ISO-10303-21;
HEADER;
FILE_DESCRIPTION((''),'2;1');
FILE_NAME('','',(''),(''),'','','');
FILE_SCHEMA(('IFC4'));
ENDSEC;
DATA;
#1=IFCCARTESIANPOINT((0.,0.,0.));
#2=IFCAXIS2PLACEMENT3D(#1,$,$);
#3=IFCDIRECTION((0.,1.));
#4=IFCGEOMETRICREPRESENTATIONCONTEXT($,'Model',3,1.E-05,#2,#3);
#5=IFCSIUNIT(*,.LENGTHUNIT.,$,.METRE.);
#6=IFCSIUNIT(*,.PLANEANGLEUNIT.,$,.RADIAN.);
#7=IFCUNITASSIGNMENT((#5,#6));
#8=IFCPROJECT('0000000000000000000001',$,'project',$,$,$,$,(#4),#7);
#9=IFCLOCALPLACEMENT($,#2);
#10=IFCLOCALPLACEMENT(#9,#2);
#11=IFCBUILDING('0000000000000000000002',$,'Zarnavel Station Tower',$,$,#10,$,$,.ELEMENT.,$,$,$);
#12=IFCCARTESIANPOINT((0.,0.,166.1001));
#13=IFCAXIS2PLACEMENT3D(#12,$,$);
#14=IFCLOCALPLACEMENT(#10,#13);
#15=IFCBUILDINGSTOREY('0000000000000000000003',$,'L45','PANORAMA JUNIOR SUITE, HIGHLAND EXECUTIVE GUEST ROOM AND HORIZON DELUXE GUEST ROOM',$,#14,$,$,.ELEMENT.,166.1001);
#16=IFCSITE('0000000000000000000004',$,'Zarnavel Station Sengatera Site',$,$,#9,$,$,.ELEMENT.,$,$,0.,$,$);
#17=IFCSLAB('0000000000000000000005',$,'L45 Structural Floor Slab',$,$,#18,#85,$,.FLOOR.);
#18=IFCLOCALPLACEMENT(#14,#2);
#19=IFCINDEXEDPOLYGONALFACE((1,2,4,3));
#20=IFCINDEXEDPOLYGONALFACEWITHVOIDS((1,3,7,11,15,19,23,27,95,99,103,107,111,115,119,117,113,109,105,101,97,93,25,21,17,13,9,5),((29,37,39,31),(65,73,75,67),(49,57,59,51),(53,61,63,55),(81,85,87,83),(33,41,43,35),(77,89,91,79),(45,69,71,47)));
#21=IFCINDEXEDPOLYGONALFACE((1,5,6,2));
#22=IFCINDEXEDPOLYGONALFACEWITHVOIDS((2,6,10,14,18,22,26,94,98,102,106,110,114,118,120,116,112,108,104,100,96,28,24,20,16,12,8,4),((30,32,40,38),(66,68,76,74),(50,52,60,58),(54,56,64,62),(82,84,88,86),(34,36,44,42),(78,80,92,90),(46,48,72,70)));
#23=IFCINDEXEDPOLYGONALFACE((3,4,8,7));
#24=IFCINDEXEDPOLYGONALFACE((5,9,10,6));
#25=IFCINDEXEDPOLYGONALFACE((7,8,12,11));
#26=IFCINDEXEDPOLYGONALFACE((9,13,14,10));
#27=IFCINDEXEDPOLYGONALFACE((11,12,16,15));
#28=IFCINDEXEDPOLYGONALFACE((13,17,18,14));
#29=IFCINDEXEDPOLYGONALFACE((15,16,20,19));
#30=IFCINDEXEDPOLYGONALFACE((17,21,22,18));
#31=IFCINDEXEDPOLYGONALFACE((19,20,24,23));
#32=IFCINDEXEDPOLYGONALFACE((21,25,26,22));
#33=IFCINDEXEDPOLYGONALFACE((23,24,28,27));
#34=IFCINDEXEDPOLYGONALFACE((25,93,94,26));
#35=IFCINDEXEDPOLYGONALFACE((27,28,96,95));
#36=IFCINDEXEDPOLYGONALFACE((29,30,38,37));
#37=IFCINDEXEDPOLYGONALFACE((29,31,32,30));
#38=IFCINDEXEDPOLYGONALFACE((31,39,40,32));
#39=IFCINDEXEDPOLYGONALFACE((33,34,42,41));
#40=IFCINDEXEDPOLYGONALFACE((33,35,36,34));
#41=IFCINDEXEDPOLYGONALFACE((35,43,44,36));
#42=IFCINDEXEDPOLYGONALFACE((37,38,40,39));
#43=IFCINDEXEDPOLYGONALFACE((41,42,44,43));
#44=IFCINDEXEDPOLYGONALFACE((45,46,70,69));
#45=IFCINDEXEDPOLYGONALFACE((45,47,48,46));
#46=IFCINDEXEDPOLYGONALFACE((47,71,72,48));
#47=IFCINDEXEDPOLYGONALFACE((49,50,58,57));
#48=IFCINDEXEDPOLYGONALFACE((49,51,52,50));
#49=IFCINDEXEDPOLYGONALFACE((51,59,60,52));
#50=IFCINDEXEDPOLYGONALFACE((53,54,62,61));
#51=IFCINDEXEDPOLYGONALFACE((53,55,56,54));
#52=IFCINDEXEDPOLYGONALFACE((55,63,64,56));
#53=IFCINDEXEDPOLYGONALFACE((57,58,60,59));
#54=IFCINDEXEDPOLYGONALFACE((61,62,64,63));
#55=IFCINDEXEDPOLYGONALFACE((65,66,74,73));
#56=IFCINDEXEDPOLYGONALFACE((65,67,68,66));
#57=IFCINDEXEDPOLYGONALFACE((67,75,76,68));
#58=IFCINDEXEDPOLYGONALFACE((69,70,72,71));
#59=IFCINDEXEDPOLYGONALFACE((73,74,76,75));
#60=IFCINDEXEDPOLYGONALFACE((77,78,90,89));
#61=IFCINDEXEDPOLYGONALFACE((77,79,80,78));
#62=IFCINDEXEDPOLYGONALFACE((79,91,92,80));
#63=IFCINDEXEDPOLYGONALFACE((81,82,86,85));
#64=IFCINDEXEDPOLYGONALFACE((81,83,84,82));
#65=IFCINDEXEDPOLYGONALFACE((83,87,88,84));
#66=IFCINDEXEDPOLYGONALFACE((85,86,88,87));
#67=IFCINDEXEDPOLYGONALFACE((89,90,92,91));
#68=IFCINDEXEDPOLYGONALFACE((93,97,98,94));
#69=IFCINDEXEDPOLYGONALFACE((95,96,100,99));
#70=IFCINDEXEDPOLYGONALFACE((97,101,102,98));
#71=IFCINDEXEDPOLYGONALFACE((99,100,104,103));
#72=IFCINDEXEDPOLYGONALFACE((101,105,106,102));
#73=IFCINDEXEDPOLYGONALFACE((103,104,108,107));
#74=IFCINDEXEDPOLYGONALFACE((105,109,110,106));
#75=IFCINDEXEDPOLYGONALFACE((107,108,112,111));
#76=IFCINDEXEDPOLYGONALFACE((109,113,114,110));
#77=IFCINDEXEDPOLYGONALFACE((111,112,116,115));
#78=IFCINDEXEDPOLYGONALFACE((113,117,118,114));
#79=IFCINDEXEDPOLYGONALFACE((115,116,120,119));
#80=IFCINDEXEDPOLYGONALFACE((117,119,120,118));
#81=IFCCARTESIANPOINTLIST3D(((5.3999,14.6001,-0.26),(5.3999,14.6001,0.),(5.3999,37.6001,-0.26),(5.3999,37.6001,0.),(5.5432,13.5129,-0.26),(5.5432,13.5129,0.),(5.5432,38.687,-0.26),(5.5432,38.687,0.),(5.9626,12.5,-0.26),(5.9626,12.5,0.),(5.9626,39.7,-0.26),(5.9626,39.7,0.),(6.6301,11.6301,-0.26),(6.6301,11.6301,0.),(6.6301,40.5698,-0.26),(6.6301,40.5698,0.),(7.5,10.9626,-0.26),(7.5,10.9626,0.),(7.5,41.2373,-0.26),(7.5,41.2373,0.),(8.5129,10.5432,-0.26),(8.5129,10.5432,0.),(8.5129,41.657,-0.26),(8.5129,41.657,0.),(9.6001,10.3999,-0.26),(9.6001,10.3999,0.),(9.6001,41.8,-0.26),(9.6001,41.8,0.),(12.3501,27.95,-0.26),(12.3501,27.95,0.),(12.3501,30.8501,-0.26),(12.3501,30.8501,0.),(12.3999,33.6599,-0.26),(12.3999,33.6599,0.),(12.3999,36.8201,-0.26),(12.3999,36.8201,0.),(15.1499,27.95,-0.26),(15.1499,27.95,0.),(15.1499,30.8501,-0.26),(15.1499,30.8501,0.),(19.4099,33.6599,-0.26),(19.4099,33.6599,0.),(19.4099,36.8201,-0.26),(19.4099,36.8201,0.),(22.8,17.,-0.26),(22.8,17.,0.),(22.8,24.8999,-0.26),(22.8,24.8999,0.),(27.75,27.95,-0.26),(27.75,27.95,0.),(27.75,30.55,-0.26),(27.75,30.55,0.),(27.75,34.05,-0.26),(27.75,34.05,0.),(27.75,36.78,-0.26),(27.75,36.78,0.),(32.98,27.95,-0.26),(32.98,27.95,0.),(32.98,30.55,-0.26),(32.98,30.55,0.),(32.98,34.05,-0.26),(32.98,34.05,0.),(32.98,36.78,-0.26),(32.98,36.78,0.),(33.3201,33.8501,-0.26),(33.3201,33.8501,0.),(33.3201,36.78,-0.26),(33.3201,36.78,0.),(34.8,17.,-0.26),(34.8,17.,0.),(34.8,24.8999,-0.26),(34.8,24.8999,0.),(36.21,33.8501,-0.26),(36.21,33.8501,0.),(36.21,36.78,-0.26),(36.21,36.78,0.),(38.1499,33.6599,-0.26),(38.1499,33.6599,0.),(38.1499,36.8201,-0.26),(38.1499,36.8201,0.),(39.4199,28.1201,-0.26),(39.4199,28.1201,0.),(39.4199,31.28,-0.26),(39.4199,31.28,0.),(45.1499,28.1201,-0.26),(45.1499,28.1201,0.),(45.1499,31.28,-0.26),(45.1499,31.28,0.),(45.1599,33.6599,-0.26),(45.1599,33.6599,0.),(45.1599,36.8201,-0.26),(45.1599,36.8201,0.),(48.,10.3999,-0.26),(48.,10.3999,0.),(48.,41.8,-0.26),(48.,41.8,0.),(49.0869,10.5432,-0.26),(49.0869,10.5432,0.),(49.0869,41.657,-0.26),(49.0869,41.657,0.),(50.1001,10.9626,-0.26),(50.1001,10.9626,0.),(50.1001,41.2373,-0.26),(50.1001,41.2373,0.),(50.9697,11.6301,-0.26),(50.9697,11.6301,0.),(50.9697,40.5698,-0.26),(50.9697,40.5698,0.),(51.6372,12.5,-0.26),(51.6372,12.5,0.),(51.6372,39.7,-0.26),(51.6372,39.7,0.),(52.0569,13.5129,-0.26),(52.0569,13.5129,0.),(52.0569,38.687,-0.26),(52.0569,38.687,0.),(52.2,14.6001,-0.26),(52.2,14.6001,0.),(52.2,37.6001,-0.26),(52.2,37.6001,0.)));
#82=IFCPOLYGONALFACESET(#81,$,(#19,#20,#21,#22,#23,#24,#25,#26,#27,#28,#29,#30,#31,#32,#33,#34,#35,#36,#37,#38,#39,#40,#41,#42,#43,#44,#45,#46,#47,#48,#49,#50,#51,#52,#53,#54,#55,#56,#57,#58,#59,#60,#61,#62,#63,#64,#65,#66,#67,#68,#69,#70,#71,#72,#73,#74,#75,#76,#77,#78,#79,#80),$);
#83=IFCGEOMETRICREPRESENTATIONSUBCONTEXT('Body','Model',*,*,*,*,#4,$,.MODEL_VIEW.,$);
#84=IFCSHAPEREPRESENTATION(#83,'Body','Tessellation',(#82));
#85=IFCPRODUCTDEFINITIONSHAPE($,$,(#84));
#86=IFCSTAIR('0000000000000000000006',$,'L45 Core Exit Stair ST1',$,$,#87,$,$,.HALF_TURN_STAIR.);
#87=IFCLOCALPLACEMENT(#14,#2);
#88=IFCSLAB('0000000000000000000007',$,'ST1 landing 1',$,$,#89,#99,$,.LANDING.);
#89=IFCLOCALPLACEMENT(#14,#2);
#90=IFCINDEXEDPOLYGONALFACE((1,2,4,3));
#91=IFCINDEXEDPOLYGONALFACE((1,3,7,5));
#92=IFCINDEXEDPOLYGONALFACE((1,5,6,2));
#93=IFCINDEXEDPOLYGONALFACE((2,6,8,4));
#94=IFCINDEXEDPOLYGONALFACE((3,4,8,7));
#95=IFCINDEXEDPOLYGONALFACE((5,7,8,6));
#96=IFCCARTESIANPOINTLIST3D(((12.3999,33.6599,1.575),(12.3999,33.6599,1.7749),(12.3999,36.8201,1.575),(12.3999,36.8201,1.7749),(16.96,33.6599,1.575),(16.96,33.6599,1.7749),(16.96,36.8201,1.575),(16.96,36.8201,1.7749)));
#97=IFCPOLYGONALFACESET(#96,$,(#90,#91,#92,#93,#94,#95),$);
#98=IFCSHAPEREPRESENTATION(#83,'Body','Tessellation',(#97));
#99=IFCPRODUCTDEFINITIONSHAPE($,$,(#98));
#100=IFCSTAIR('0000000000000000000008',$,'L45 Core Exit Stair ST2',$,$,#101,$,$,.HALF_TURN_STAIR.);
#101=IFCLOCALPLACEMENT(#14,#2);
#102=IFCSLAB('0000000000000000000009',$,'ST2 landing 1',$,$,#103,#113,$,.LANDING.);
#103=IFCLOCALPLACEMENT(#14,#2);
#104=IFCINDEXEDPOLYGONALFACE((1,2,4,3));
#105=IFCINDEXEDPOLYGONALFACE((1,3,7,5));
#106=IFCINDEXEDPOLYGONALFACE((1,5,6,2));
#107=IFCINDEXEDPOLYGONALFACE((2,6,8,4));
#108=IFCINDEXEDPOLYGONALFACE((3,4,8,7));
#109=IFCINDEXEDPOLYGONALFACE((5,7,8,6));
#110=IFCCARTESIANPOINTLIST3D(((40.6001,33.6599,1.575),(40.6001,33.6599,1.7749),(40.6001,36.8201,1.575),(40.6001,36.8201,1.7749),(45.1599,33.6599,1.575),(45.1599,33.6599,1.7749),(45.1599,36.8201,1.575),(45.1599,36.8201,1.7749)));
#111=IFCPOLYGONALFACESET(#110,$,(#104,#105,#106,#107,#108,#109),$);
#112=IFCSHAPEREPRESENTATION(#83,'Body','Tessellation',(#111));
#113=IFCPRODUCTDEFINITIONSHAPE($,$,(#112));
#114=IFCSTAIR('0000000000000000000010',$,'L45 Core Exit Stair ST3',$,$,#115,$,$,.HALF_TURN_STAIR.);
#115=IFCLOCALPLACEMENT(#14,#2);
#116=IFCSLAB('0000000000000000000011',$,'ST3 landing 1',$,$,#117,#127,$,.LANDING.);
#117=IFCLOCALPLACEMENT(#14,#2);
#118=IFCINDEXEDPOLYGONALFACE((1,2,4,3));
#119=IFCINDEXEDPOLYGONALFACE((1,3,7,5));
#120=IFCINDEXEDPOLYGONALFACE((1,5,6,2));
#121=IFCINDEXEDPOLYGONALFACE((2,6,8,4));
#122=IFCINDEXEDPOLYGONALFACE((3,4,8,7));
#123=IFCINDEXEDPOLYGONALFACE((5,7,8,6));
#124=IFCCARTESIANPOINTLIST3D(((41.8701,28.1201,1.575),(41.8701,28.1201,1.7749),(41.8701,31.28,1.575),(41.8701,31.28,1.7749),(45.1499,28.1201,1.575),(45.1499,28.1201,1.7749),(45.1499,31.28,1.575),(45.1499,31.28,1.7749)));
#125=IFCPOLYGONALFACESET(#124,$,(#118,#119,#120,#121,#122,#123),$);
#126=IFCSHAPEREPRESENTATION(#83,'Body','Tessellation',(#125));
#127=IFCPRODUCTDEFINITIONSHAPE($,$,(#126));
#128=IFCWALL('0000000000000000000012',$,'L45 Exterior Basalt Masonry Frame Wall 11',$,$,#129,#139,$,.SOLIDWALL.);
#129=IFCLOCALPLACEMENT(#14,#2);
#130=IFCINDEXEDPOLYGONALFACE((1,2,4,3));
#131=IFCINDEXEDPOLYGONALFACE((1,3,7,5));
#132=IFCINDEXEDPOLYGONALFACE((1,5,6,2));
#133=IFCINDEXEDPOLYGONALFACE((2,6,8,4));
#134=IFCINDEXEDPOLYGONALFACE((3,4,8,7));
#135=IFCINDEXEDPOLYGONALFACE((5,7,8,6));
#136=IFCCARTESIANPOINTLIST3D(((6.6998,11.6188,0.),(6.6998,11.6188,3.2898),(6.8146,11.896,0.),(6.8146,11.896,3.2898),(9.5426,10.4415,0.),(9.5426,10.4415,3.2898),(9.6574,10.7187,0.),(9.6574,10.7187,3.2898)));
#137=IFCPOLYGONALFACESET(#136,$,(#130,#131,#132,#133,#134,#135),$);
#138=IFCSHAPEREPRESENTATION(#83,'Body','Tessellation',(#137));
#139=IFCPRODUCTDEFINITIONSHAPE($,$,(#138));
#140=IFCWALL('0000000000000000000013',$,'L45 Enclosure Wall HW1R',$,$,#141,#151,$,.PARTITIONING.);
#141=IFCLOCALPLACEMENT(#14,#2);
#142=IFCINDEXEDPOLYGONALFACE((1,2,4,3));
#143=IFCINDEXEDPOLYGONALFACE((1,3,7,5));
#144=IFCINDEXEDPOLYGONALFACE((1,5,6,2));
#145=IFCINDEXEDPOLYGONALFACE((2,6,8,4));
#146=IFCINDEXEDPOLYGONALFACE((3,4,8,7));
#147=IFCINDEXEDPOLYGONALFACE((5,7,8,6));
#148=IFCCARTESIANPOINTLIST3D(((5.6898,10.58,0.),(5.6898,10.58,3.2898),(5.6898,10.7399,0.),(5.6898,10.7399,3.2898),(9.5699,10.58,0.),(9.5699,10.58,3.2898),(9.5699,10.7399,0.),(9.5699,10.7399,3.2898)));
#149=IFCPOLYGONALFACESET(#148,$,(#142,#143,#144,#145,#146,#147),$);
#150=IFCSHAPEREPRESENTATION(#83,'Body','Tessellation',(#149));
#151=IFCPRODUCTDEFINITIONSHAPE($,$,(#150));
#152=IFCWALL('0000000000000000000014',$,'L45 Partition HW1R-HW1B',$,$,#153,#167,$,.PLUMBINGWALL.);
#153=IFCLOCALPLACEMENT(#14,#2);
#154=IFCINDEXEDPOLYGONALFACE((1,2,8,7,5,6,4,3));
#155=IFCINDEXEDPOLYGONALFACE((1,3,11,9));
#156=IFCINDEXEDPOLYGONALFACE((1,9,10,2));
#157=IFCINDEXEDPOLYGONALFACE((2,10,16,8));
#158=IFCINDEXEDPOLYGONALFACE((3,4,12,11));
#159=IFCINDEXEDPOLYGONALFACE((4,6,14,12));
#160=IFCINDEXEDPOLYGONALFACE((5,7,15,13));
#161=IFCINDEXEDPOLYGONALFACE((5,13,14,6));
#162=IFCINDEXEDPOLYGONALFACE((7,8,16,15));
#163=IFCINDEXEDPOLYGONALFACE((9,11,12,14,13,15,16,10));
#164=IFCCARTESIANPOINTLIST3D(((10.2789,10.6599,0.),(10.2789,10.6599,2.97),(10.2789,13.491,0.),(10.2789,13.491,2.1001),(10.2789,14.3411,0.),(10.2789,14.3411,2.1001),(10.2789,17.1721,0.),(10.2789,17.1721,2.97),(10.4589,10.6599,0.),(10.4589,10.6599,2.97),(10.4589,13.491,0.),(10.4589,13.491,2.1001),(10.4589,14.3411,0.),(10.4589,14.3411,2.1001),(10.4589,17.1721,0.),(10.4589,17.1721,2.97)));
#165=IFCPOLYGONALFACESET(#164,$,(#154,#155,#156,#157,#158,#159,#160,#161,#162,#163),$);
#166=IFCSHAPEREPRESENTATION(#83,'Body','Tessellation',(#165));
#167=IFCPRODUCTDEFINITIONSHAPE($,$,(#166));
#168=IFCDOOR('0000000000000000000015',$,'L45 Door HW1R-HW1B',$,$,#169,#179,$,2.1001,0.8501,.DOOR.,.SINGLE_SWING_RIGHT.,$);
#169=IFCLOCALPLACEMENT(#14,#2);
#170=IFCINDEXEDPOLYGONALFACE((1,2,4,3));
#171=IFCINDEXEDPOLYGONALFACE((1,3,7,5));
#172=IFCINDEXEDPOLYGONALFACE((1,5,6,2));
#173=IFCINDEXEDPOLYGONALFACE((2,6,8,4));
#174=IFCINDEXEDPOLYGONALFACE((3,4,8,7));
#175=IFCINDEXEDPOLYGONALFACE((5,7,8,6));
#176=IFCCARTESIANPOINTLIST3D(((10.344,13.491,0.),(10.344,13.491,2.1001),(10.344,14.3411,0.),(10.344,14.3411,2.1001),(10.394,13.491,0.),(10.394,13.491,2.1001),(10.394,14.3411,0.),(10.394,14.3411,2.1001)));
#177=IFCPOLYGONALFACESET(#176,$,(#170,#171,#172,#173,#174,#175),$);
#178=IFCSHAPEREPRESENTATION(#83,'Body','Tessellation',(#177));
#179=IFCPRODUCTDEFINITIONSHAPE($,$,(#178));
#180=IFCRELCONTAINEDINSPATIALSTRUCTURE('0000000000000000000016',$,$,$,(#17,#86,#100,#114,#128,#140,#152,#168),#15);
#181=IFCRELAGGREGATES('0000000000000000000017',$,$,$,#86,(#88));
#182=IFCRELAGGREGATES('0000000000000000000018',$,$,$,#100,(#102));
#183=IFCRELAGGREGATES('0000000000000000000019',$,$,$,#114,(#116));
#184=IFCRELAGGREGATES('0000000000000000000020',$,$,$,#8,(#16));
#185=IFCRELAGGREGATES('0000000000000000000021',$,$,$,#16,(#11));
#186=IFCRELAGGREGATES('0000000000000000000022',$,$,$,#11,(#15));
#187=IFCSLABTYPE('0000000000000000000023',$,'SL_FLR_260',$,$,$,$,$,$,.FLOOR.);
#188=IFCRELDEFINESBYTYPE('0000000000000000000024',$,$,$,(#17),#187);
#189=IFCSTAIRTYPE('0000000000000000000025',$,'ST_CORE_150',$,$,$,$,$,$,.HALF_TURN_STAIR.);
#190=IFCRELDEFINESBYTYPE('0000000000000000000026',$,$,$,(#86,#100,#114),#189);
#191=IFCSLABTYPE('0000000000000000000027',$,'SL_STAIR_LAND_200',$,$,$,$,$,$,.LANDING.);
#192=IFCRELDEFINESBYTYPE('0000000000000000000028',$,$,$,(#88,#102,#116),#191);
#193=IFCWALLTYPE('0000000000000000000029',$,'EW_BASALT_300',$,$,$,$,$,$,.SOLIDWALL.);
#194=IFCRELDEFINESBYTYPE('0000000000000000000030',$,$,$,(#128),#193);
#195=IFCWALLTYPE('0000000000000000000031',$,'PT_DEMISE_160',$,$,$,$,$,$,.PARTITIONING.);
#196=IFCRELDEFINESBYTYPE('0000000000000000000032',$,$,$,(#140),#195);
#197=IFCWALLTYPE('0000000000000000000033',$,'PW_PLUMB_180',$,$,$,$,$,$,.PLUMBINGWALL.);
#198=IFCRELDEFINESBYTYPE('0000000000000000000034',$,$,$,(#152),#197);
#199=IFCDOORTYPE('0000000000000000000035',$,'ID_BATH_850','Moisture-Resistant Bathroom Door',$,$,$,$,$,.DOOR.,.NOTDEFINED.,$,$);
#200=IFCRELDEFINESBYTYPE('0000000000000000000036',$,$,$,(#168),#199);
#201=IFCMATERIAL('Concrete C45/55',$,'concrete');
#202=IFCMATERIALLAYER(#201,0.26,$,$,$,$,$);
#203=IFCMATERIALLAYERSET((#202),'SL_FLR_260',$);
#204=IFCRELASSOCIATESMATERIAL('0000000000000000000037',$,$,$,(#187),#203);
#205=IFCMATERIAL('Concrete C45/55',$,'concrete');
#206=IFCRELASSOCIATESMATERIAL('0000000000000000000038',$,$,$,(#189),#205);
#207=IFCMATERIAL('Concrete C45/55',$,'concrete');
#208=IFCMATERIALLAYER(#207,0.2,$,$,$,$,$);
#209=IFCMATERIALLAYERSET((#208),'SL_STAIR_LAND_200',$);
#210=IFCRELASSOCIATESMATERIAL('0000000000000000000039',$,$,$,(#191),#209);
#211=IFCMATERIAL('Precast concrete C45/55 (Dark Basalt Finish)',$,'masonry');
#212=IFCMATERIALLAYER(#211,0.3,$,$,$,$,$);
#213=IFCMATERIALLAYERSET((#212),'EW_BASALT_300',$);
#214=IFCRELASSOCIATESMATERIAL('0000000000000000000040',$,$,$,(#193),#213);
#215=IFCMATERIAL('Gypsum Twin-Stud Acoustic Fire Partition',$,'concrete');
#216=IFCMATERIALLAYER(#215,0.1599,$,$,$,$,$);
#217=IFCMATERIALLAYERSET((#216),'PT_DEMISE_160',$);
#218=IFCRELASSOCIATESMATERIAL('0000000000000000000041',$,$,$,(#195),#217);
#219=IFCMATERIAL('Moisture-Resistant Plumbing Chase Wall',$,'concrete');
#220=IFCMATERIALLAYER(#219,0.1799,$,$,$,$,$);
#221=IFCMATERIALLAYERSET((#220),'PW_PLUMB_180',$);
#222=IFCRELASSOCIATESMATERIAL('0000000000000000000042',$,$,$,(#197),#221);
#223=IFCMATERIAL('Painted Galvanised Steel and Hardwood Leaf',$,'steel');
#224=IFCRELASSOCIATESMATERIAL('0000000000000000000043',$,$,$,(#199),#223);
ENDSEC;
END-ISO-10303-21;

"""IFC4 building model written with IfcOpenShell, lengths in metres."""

from ifc_helpers import new_model, si_unit, direction, frame, frame_2d, origin, place, context, subcontext, project, spatial, polyline, rectangle, outline, extrude, material, layer, layer_set, type_object, element, fill, aggregate, save


model = new_model("IFC4")

# Units and contexts
model_context = context("Model", 3, precision=1e-05, world=origin(), true_north=direction((0.0, 1.0)))
body_context = subcontext(model_context, "Body", "Model", "MODEL_VIEW")
ifc_project = project(units=[si_unit("LENGTHUNIT", "METRE"), si_unit("PLANEANGLEUNIT", "RADIAN")], contexts=[model_context])

# Site, building, storey
site_placement = place(None, origin())
site = spatial("IfcSite", under=ifc_project, at=site_placement, Name="Zarnavel Station Sengatera Site", CompositionType="ELEMENT", RefElevation=0.0)
building_placement = place(site_placement, origin())
building = spatial("IfcBuilding", under=site, at=building_placement, Name="Zarnavel Station Tower", CompositionType="ELEMENT")
storey_placement = place(building_placement, frame((0.0, 0.0, 166.1001)))
storey = spatial("IfcBuildingStorey", under=building, at=storey_placement, Name="L45", Description="PANORAMA JUNIOR SUITE, HIGHLAND EXECUTIVE GUEST ROOM AND HORIZON DELUXE GUEST ROOM", CompositionType="ELEMENT", Elevation=166.1001)

# Slab
ifc_material_1 = material(Name="Concrete C45/55", Category="concrete")
ifc_layer_1 = layer(ifc_material_1, 0.26)
ifc_layer_set_1 = layer_set([ifc_layer_1], Name="SL_FLR_260")
slab_type_1 = type_object("IfcSlabType", Name="SL_FLR_260", PredefinedType="FLOOR", material=ifc_layer_set_1)
slab_1_placement = place(storey_placement, frame((0.0, 0.0, -0.26)))
element("IfcSlab", 1, at=slab_1_placement, inside=storey, type_object=slab_type_1, Name="L45 Structural Floor Slab", PredefinedType="FLOOR", context=body_context, shape_type="SweptSolid", body=[
    extrude(outline(polyline([(48.0, 10.3999), (49.0869, 10.5432), (50.1001, 10.9626), (50.9697, 11.6301), (51.6372, 12.5), (52.0569, 13.5129), (52.2, 14.6001), (52.2, 37.6001), (52.0569, 38.687), (51.6372, 39.7), (50.9697, 40.5698), (50.1001, 41.2373), (49.0869, 41.657), (48.0, 41.8), (9.6001, 41.8), (8.5129, 41.657), (7.5, 41.2373), (6.6301, 40.5698), (5.9626, 39.7), (5.5432, 38.687), (5.3999, 37.6001), (5.3999, 14.6001), (5.5432, 13.5129), (5.9626, 12.5), (6.6301, 11.6301), (7.5, 10.9626), (8.5129, 10.5432), (9.6001, 10.3999), (48.0, 10.3999)]), holes=[polyline([(12.3999, 33.6599), (19.4099, 33.6599), (19.4099, 36.8201), (12.3999, 36.8201), (12.3999, 33.6599)]), polyline([(38.1499, 33.6599), (45.1599, 33.6599), (45.1599, 36.8201), (38.1499, 36.8201), (38.1499, 33.6599)]), polyline([(39.4199, 28.1201), (45.1499, 28.1201), (45.1499, 31.28), (39.4199, 31.28), (39.4199, 28.1201)]), polyline([(12.3501, 27.95), (15.1499, 27.95), (15.1499, 30.8501), (12.3501, 30.8501), (12.3501, 27.95)]), polyline([(33.3201, 33.8501), (36.21, 33.8501), (36.21, 36.78), (33.3201, 36.78), (33.3201, 33.8501)]), polyline([(27.75, 34.05), (32.98, 34.05), (32.98, 36.78), (27.75, 36.78), (27.75, 34.05)]), polyline([(27.75, 27.95), (32.98, 27.95), (32.98, 30.55), (27.75, 30.55), (27.75, 27.95)]), polyline([(22.8, 17.0), (34.8, 17.0), (34.8, 24.8999), (22.8, 24.8999), (22.8, 17.0)])]), origin(), (0.0, 0.0, 1.0), 0.26),
])

# Stairs, slabs
ifc_material_2 = material(Name="Concrete C45/55", Category="concrete")
stair_type = type_object("IfcStairType", Name="ST_CORE_150", PredefinedType="HALF_TURN_STAIR", material=ifc_material_2)
stair_1_placement = place(storey_placement, origin())
stair_1 = element("IfcStair", 2, at=stair_1_placement, inside=storey, type_object=stair_type, Name="L45 Core Exit Stair ST1", PredefinedType="HALF_TURN_STAIR")
ifc_material_3 = material(Name="Concrete C45/55", Category="concrete")
ifc_layer_2 = layer(ifc_material_3, 0.2)
ifc_layer_set_2 = layer_set([ifc_layer_2], Name="SL_STAIR_LAND_200")
slab_type_2 = type_object("IfcSlabType", Name="SL_STAIR_LAND_200", PredefinedType="LANDING", material=ifc_layer_set_2)
slab_2_placement = place(storey_placement, frame((0.0, 0.0, 1.575)))
slab_2 = element("IfcSlab", 3, at=slab_2_placement, type_object=slab_type_2, Name="ST1 landing 1", PredefinedType="LANDING", context=body_context, shape_type="SweptSolid", body=[
    extrude(outline(polyline([(16.96, 36.8201), (12.3999, 36.8201), (12.3999, 33.6599), (16.96, 33.6599), (16.96, 36.8201)])), origin(), (0.0, 0.0, 1.0), 0.2),
])
aggregate(stair_1, [slab_2])
stair_2_placement = place(storey_placement, origin())
stair_2 = element("IfcStair", 4, at=stair_2_placement, inside=storey, type_object=stair_type, Name="L45 Core Exit Stair ST2", PredefinedType="HALF_TURN_STAIR")
slab_3_placement = place(storey_placement, frame((0.0, 0.0, 1.575)))
slab_3 = element("IfcSlab", 5, at=slab_3_placement, type_object=slab_type_2, Name="ST2 landing 1", PredefinedType="LANDING", context=body_context, shape_type="SweptSolid", body=[
    extrude(outline(polyline([(40.6001, 33.6599), (45.1599, 33.6599), (45.1599, 36.8201), (40.6001, 36.8201), (40.6001, 33.6599)])), origin(), (0.0, 0.0, 1.0), 0.2),
])
aggregate(stair_2, [slab_3])
stair_3_placement = place(storey_placement, origin())
stair_3 = element("IfcStair", 6, at=stair_3_placement, inside=storey, type_object=stair_type, Name="L45 Core Exit Stair ST3", PredefinedType="HALF_TURN_STAIR")
slab_4_placement = place(storey_placement, frame((0.0, 0.0, 1.575)))
slab_4 = element("IfcSlab", 7, at=slab_4_placement, type_object=slab_type_2, Name="ST3 landing 1", PredefinedType="LANDING", context=body_context, shape_type="SweptSolid", body=[
    extrude(outline(polyline([(41.8701, 28.1201), (45.1499, 28.1201), (45.1499, 31.28), (41.8701, 31.28), (41.8701, 28.1201)])), origin(), (0.0, 0.0, 1.0), 0.2),
])
aggregate(stair_3, [slab_4])

# Walls
ifc_material_4 = material(Name="Precast concrete C45/55 (Dark Basalt Finish)", Category="masonry")
ifc_layer_3 = layer(ifc_material_4, 0.3)
ifc_layer_set_3 = layer_set([ifc_layer_3], Name="EW_BASALT_300")
wall_type_1 = type_object("IfcWallType", Name="EW_BASALT_300", PredefinedType="SOLIDWALL", material=ifc_layer_set_3)
wall_1_placement = place(storey_placement, frame((9.6001, 10.5801, 0.0), z_axis=(0.0, 0.0, 1.0), x_axis=(-0.92391, 0.382609, 0.0)))
element("IfcWall", 8, at=wall_1_placement, inside=storey, type_object=wall_type_1, Name="L45 Exterior Basalt Masonry Frame Wall 11", PredefinedType="SOLIDWALL", context=body_context, shape_type="SweptSolid", body=[
    extrude(rectangle(XDim=3.0769, YDim=0.3, at=frame_2d((1.5386, 0.0))), origin(), (0.0, 0.0, 1.0), 3.2898),
])
ifc_material_5 = material(Name="Gypsum Twin-Stud Acoustic Fire Partition", Category="concrete")
ifc_layer_4 = layer(ifc_material_5, 0.1599)
ifc_layer_set_4 = layer_set([ifc_layer_4], Name="PT_DEMISE_160")
wall_type_2 = type_object("IfcWallType", Name="PT_DEMISE_160", PredefinedType="PARTITIONING", material=ifc_layer_set_4)
wall_2_placement = place(storey_placement, frame((5.6899, 10.6599, 0.0), z_axis=(0.0, 0.0, 1.0), x_axis=(1.0, 0.0, 0.0)))
element("IfcWall", 9, at=wall_2_placement, inside=storey, type_object=wall_type_2, Name="L45 Enclosure Wall HW1R", PredefinedType="PARTITIONING", context=body_context, shape_type="SweptSolid", body=[
    extrude(rectangle(XDim=3.8801, YDim=0.1599, at=frame_2d((1.9399, 0.0))), origin(), (0.0, 0.0, 1.0), 3.2898),
])

# Wall, opening, door
ifc_material_6 = material(Name="Moisture-Resistant Plumbing Chase Wall", Category="concrete")
ifc_layer_5 = layer(ifc_material_6, 0.1799)
ifc_layer_set_5 = layer_set([ifc_layer_5], Name="PW_PLUMB_180")
wall_type_3 = type_object("IfcWallType", Name="PW_PLUMB_180", PredefinedType="PLUMBINGWALL", material=ifc_layer_set_5)
wall_3_placement = place(storey_placement, frame((10.3689, 10.6599, 0.0), z_axis=(0.0, 0.0, 1.0), x_axis=(0.0, 1.0, 0.0)))
wall_3 = element("IfcWall", 10, at=wall_3_placement, inside=storey, type_object=wall_type_3, Name="L45 Partition HW1R-HW1B", PredefinedType="PLUMBINGWALL", context=body_context, shape_type="SweptSolid", body=[
    extrude(rectangle(XDim=6.5122, YDim=0.1799, at=frame_2d((3.2561, 0.0))), origin(), (0.0, 0.0, 1.0), 2.97),
])
opening_placement = place(wall_3_placement, frame((2.8311, 0.0, 0.0)))
opening = element("IfcOpeningElement", 11, at=opening_placement, cuts=wall_3, PredefinedType="OPENING", context=body_context, shape_type="SweptSolid", body=[
    extrude(rectangle(XDim=0.8501, YDim=2.1001, at=frame_2d((0.425, 1.05))), frame((0.0, 0.0999, 0.0), z_axis=(0.0, -1.0, 0.0), x_axis=(1.0, 0.0, 0.0)), (0.0, 0.0, 1.0), 0.2),
])
ifc_material_7 = material(Name="Painted Galvanised Steel and Hardwood Leaf", Category="steel")
door_type = type_object("IfcDoorType", Name="ID_BATH_850", Description="Moisture-Resistant Bathroom Door", OperationType="NOTDEFINED", PredefinedType="DOOR", material=ifc_material_7)
door_placement = place(opening_placement, origin())
door = element("IfcDoor", 12, at=door_placement, inside=storey, type_object=door_type, Name="L45 Door HW1R-HW1B", OperationType="SINGLE_SWING_RIGHT", OverallHeight=2.1001, OverallWidth=0.8501, PredefinedType="DOOR", context=body_context, shape_type="SweptSolid", body=[
    extrude(rectangle(XDim=0.8501, YDim=2.1001, at=frame_2d((0.425, 1.05))), frame((0.0, 0.0249, 0.0), z_axis=(0.0, -1.0, 0.0), x_axis=(1.0, 0.0, 0.0)), (0.0, 0.0, 1.0), 0.05),
])
fill(opening, door)

save(model, "model.ifc")
